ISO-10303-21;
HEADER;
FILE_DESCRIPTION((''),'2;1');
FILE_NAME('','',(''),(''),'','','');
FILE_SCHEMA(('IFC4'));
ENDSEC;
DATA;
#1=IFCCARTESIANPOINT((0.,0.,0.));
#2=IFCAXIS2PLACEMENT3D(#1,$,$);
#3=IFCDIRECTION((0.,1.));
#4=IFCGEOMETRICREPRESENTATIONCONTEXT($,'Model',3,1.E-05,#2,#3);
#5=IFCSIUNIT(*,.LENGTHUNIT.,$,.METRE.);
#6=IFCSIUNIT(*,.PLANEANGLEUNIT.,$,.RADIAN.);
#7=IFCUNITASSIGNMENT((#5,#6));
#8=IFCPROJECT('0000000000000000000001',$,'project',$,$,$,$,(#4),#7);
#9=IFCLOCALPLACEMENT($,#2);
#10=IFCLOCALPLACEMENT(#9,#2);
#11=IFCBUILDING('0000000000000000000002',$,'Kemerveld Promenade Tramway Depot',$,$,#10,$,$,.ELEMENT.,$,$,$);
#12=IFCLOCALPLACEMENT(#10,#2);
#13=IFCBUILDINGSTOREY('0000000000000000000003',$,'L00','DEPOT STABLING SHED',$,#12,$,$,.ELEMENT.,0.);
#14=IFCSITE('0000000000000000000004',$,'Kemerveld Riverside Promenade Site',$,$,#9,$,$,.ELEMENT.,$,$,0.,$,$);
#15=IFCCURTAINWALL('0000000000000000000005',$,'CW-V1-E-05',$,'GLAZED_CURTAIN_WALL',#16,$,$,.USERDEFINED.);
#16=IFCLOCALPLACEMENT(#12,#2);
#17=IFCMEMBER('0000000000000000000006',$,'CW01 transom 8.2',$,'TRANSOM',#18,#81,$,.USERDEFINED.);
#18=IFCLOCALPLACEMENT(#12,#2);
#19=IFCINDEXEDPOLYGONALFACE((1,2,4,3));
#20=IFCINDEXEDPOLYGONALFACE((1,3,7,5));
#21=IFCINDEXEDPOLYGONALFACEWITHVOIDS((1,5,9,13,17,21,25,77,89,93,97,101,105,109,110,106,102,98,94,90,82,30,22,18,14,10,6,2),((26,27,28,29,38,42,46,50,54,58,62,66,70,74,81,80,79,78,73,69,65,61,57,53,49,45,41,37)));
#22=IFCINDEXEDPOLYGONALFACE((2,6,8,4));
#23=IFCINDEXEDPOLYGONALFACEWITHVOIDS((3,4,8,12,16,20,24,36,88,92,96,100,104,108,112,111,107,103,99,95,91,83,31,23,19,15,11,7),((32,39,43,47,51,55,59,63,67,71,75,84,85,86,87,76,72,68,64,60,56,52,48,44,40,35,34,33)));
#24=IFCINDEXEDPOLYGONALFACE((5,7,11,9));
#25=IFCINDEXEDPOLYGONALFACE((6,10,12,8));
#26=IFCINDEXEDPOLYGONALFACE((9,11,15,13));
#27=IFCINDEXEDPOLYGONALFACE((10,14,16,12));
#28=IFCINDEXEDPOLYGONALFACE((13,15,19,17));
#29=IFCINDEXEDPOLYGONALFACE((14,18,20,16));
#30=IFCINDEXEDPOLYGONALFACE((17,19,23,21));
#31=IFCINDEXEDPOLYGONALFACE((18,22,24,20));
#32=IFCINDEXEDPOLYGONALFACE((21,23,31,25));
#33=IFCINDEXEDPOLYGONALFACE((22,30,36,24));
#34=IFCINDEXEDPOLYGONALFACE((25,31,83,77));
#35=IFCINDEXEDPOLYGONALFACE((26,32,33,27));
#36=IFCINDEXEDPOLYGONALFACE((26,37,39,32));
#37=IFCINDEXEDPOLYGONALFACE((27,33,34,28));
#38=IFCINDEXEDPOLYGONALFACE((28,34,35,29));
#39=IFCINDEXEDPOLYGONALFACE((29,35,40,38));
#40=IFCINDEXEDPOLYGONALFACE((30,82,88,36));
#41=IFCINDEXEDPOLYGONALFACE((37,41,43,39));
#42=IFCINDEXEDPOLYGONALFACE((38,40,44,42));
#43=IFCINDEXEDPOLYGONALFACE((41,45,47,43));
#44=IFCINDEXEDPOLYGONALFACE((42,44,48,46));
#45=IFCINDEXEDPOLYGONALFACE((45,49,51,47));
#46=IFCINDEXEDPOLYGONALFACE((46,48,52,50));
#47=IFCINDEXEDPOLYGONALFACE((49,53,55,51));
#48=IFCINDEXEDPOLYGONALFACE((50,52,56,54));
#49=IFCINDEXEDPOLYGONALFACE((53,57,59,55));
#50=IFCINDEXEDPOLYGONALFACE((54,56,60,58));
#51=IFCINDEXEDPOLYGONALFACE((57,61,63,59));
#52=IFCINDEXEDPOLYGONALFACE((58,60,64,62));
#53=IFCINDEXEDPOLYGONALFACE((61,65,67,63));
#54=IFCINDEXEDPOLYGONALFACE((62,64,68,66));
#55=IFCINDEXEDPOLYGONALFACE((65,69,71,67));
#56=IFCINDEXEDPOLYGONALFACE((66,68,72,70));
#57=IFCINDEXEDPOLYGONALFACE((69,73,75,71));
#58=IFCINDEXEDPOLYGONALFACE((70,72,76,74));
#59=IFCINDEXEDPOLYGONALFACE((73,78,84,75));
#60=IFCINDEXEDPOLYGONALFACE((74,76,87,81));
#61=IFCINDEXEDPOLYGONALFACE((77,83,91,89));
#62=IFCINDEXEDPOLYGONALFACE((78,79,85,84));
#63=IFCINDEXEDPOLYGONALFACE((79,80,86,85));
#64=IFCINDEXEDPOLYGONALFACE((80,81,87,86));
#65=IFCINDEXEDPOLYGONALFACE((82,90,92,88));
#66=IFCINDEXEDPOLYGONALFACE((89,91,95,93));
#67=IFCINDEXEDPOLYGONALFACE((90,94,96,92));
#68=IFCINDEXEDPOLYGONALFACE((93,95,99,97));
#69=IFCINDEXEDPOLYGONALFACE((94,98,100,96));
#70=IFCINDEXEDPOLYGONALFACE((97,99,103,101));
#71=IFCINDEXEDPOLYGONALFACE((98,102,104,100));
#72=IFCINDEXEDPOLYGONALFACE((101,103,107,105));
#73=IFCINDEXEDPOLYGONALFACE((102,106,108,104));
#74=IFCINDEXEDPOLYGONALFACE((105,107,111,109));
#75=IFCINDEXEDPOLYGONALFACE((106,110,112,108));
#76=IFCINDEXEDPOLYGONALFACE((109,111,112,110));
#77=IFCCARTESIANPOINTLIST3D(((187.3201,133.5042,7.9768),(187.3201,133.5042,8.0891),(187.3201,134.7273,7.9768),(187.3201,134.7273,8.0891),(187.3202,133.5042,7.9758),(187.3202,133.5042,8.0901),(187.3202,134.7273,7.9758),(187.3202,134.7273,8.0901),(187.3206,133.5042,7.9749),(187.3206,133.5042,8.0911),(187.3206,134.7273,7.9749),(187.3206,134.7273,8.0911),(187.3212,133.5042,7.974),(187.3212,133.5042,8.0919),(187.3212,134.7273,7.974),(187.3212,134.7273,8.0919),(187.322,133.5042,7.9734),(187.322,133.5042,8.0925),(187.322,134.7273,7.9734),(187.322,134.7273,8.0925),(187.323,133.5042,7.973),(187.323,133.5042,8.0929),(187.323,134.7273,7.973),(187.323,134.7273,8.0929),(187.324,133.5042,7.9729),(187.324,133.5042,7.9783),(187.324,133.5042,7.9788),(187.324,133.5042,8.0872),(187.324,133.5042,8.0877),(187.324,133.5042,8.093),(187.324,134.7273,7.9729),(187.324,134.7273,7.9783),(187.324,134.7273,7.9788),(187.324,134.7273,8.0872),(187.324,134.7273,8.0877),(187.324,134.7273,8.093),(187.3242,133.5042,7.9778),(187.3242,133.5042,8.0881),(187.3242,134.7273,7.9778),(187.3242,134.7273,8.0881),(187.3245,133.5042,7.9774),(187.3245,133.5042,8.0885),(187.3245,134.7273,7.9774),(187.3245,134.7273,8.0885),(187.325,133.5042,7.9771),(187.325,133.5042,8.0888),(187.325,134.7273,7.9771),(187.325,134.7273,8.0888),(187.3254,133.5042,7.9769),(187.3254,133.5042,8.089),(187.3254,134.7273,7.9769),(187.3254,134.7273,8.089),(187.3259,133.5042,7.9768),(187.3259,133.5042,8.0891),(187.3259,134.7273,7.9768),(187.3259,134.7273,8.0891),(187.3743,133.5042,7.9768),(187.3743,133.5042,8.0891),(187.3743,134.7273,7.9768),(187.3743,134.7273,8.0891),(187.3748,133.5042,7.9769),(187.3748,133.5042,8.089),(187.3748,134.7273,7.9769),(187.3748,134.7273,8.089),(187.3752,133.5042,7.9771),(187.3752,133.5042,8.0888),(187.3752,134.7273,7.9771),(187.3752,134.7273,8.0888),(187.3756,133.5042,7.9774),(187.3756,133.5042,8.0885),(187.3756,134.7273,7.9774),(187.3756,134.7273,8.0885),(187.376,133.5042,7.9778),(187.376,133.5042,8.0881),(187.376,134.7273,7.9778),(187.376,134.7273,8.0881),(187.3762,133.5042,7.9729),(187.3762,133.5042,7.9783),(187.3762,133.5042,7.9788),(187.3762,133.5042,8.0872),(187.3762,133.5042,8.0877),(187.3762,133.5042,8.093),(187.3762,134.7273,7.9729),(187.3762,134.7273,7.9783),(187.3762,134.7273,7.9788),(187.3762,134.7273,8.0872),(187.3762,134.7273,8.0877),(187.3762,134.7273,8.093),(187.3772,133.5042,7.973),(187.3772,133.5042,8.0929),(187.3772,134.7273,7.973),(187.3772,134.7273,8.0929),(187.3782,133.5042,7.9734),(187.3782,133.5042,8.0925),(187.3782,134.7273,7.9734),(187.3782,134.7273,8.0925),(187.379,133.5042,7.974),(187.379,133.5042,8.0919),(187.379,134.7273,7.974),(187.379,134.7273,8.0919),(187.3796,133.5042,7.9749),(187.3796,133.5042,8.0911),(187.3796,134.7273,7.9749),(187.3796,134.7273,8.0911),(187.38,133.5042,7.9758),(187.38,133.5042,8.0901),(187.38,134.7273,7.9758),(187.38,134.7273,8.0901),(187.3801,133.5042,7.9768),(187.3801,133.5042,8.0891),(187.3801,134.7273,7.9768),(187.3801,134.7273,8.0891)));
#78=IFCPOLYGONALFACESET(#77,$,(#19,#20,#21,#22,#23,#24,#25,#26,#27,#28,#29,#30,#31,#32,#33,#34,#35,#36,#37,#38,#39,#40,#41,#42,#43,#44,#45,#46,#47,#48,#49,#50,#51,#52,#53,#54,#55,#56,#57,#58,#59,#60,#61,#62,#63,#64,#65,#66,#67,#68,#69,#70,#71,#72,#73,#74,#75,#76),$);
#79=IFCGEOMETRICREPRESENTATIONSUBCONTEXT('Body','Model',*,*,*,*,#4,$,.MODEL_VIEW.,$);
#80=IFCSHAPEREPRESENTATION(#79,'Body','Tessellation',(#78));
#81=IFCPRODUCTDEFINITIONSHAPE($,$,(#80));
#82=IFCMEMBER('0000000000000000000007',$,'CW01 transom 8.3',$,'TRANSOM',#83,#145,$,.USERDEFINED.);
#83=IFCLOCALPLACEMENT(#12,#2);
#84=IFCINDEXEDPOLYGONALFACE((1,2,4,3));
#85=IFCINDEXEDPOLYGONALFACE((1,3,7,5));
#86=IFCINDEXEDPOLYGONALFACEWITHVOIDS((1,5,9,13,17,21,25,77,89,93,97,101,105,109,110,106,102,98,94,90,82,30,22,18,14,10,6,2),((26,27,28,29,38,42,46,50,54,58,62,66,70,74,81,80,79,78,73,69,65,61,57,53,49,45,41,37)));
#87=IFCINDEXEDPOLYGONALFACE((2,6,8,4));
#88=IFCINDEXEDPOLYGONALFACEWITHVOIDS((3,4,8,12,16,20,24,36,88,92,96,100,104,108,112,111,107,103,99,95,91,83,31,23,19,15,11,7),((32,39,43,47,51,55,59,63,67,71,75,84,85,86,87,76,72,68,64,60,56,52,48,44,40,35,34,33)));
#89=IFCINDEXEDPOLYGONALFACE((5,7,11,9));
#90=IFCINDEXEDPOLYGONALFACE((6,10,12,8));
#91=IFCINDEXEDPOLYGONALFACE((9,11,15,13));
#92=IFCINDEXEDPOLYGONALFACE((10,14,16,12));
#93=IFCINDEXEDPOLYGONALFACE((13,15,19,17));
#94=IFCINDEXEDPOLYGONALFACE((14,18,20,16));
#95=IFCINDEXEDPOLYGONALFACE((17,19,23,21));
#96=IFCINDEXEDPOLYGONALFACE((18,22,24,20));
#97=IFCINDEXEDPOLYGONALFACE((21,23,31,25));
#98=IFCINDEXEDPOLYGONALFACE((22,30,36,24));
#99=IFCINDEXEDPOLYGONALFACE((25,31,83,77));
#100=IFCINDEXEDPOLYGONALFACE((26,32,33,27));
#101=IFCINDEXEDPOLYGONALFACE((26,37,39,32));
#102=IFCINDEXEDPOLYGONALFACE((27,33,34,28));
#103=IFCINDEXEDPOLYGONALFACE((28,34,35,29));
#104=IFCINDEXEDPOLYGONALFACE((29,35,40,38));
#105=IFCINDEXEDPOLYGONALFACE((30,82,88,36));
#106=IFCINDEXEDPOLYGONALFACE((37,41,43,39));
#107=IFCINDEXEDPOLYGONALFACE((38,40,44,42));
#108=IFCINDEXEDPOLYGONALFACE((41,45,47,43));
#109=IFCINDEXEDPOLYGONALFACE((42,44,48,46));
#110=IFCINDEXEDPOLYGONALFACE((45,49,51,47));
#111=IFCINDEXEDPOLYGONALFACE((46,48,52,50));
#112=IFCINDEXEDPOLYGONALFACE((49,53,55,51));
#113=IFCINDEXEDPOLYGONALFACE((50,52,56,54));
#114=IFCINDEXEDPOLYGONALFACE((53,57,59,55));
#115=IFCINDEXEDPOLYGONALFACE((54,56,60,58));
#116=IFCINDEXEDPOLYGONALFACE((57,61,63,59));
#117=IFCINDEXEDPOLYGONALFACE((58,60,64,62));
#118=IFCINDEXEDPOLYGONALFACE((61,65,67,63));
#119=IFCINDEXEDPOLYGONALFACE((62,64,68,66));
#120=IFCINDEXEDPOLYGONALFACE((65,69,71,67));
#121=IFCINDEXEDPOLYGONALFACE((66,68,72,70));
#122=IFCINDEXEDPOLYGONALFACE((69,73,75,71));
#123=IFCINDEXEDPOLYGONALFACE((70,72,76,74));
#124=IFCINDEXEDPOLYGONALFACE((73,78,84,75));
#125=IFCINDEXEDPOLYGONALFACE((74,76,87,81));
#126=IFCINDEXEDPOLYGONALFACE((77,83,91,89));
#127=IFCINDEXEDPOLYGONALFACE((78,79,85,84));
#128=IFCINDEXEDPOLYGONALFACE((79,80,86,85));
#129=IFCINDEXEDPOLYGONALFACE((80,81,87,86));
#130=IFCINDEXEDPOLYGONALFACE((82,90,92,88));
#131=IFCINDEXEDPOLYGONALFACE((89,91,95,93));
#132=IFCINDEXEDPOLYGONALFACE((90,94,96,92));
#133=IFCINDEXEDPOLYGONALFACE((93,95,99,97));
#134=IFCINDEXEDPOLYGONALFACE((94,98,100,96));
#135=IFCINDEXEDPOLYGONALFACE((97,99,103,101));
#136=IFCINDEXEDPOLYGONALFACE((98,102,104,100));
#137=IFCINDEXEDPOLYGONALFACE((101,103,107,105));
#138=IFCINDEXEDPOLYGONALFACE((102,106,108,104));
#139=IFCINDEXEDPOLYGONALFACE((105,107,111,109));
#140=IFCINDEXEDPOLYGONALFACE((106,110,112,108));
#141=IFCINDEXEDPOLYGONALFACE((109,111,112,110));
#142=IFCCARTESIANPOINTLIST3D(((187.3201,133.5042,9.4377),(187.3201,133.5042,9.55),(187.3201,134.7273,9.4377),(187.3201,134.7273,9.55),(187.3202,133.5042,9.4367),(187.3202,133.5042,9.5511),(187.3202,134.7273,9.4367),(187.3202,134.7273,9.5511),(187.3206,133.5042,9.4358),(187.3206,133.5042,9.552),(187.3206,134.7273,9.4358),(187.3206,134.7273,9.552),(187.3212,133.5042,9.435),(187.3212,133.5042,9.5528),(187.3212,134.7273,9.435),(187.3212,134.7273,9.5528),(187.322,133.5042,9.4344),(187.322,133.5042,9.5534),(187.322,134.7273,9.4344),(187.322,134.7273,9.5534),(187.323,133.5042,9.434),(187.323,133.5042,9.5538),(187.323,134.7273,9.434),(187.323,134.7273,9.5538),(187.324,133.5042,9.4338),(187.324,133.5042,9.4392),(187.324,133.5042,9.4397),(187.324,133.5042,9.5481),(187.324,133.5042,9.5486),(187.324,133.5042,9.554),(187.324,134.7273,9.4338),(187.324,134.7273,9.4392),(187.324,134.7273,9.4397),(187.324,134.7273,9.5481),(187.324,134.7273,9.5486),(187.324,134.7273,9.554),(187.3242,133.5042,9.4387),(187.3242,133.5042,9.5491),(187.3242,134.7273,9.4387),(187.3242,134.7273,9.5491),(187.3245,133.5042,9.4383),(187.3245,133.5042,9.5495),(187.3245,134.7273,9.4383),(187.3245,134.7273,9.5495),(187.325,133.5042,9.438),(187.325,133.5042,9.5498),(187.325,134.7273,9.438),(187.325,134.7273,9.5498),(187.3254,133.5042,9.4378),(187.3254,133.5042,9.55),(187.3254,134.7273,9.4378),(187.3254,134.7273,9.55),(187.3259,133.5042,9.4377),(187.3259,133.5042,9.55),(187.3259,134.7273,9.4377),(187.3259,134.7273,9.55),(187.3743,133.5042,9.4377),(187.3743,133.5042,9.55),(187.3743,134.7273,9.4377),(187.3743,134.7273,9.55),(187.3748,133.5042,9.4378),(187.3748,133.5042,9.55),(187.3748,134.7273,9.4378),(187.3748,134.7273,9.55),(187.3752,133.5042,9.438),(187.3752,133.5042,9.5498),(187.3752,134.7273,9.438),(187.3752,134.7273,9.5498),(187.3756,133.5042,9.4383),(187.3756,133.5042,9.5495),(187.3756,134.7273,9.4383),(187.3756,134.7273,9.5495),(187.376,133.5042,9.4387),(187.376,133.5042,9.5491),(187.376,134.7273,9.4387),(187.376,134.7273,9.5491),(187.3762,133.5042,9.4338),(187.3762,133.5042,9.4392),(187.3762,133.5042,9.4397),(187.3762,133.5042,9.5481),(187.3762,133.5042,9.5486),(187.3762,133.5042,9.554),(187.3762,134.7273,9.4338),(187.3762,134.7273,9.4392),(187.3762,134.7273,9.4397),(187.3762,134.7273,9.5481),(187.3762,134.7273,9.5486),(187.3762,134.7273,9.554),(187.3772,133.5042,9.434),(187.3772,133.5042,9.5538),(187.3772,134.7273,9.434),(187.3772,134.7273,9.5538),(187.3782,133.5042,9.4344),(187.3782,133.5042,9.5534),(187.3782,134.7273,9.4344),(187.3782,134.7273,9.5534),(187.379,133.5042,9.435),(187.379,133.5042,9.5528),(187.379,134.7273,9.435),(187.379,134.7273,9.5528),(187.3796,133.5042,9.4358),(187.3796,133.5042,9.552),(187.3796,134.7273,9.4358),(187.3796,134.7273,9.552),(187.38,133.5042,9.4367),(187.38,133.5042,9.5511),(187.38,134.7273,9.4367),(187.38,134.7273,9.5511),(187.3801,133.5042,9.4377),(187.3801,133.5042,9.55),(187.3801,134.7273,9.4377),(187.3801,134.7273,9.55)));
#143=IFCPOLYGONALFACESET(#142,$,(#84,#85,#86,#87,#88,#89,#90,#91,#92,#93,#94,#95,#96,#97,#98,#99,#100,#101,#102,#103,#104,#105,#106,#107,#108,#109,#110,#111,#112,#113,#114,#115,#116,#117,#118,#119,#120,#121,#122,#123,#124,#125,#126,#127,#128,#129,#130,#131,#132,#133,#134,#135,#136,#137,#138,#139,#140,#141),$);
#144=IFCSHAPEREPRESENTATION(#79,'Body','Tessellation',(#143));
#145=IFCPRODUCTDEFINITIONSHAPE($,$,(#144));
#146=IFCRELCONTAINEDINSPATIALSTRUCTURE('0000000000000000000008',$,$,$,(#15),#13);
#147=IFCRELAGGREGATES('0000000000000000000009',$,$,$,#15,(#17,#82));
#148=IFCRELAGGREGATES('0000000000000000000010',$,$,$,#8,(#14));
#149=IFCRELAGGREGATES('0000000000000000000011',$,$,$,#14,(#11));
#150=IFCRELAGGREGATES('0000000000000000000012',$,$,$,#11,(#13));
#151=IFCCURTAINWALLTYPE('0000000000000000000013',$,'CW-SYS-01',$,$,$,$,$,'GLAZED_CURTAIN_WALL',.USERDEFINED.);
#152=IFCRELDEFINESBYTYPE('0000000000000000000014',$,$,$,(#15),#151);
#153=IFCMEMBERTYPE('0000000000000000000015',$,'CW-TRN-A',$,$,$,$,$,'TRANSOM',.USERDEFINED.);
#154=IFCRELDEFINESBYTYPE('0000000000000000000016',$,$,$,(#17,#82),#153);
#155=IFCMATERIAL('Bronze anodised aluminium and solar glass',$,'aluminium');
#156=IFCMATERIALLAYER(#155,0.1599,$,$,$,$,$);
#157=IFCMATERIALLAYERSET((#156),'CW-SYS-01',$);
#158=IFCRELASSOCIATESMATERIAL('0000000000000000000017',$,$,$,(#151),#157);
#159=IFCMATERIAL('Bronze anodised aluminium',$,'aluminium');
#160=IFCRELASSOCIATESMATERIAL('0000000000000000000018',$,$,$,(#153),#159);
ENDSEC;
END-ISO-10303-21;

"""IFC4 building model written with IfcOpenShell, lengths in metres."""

from ifc_helpers import new_model, si_unit, direction, frame, origin, origin_2d, place, context, subcontext, project, spatial, hollow_rectangle, extrude, material, layer, layer_set, material_profile, profile_set, type_object, element, aggregate, save


model = new_model("IFC4")

# Units and contexts
model_context = context("Model", 3, precision=1e-05, world=origin(), true_north=direction((0.0, 1.0)))
body_context = subcontext(model_context, "Body", "Model", "MODEL_VIEW")
ifc_project = project(units=[si_unit("LENGTHUNIT", "METRE"), si_unit("PLANEANGLEUNIT", "RADIAN")], contexts=[model_context])

# Site, building, storey
site_placement = place(None, origin())
site = spatial("IfcSite", under=ifc_project, at=site_placement, Name="Kemerveld Riverside Promenade Site", CompositionType="ELEMENT", RefElevation=0.0)
building_placement = place(site_placement, origin())
building = spatial("IfcBuilding", under=site, at=building_placement, Name="Kemerveld Promenade Tramway Depot", CompositionType="ELEMENT")
storey_placement = place(building_placement, origin())
storey = spatial("IfcBuildingStorey", under=building, at=storey_placement, Name="L00", Description="DEPOT STABLING SHED", CompositionType="ELEMENT", Elevation=0.0)

# Curtain wall, members
ifc_material_1 = material(Name="Bronze anodised aluminium and solar glass", Category="aluminium")
ifc_layer_1 = layer(ifc_material_1, 0.1599)
ifc_layer_set_1 = layer_set([ifc_layer_1], Name="CW-SYS-01")
curtain_wall_type = type_object("IfcCurtainWallType", Name="CW-SYS-01", ElementType="GLAZED_CURTAIN_WALL", PredefinedType="USERDEFINED", material=ifc_layer_set_1)
curtain_wall_placement = place(storey_placement, origin())
curtain_wall = element("IfcCurtainWall", 1, at=curtain_wall_placement, inside=storey, type_object=curtain_wall_type, Name="CW-V1-E-05", ObjectType="GLAZED_CURTAIN_WALL", PredefinedType="USERDEFINED")
ifc_material_2 = material(Name="Bronze anodised aluminium", Category="aluminium")
ifc_material_profile_1 = material_profile(ifc_material_2, hollow_rectangle(XDim=0.0601, YDim=0.1201, WallThickness=0.0039, InnerFilletRadius=0.002, OuterFilletRadius=0.0039, at=origin_2d()), Name="CW-TRN-120x60")
ifc_profile_set_1 = profile_set([ifc_material_profile_1], Name="Bronze anodised aluminium")
member_type_1 = type_object("IfcMemberType", Name="CW-TRN-A", ElementType="TRANSOM", PredefinedType="USERDEFINED", material=ifc_profile_set_1)
member_1_placement = place(storey_placement, frame((187.3501, 134.7273, 8.033), z_axis=(0.0, -1.0, 0.0), x_axis=(1.0, 0.0, 0.0)))
member_1 = element("IfcMember", 2, at=member_1_placement, type_object=member_type_1, Name="CW01 transom 8.2", ObjectType="TRANSOM", PredefinedType="USERDEFINED", context=body_context, shape_type="SweptSolid", body=[
    extrude(hollow_rectangle(XDim=0.0601, YDim=0.1201, WallThickness=0.0039, InnerFilletRadius=0.002, OuterFilletRadius=0.0039, at=origin_2d()), origin(), (0.0, 0.0, 1.0), 1.2231),
])
member_2_placement = place(storey_placement, frame((187.3501, 134.7273, 9.4939), z_axis=(0.0, -1.0, 0.0), x_axis=(1.0, 0.0, 0.0)))
member_2 = element("IfcMember", 3, at=member_2_placement, type_object=member_type_1, Name="CW01 transom 8.3", ObjectType="TRANSOM", PredefinedType="USERDEFINED", context=body_context, shape_type="SweptSolid", body=[
    extrude(hollow_rectangle(XDim=0.0601, YDim=0.1201, WallThickness=0.0039, InnerFilletRadius=0.002, OuterFilletRadius=0.0039, at=origin_2d()), origin(), (0.0, 0.0, 1.0), 1.2231),
])
aggregate(curtain_wall, [member_1, member_2])

save(model, "model.ifc")
